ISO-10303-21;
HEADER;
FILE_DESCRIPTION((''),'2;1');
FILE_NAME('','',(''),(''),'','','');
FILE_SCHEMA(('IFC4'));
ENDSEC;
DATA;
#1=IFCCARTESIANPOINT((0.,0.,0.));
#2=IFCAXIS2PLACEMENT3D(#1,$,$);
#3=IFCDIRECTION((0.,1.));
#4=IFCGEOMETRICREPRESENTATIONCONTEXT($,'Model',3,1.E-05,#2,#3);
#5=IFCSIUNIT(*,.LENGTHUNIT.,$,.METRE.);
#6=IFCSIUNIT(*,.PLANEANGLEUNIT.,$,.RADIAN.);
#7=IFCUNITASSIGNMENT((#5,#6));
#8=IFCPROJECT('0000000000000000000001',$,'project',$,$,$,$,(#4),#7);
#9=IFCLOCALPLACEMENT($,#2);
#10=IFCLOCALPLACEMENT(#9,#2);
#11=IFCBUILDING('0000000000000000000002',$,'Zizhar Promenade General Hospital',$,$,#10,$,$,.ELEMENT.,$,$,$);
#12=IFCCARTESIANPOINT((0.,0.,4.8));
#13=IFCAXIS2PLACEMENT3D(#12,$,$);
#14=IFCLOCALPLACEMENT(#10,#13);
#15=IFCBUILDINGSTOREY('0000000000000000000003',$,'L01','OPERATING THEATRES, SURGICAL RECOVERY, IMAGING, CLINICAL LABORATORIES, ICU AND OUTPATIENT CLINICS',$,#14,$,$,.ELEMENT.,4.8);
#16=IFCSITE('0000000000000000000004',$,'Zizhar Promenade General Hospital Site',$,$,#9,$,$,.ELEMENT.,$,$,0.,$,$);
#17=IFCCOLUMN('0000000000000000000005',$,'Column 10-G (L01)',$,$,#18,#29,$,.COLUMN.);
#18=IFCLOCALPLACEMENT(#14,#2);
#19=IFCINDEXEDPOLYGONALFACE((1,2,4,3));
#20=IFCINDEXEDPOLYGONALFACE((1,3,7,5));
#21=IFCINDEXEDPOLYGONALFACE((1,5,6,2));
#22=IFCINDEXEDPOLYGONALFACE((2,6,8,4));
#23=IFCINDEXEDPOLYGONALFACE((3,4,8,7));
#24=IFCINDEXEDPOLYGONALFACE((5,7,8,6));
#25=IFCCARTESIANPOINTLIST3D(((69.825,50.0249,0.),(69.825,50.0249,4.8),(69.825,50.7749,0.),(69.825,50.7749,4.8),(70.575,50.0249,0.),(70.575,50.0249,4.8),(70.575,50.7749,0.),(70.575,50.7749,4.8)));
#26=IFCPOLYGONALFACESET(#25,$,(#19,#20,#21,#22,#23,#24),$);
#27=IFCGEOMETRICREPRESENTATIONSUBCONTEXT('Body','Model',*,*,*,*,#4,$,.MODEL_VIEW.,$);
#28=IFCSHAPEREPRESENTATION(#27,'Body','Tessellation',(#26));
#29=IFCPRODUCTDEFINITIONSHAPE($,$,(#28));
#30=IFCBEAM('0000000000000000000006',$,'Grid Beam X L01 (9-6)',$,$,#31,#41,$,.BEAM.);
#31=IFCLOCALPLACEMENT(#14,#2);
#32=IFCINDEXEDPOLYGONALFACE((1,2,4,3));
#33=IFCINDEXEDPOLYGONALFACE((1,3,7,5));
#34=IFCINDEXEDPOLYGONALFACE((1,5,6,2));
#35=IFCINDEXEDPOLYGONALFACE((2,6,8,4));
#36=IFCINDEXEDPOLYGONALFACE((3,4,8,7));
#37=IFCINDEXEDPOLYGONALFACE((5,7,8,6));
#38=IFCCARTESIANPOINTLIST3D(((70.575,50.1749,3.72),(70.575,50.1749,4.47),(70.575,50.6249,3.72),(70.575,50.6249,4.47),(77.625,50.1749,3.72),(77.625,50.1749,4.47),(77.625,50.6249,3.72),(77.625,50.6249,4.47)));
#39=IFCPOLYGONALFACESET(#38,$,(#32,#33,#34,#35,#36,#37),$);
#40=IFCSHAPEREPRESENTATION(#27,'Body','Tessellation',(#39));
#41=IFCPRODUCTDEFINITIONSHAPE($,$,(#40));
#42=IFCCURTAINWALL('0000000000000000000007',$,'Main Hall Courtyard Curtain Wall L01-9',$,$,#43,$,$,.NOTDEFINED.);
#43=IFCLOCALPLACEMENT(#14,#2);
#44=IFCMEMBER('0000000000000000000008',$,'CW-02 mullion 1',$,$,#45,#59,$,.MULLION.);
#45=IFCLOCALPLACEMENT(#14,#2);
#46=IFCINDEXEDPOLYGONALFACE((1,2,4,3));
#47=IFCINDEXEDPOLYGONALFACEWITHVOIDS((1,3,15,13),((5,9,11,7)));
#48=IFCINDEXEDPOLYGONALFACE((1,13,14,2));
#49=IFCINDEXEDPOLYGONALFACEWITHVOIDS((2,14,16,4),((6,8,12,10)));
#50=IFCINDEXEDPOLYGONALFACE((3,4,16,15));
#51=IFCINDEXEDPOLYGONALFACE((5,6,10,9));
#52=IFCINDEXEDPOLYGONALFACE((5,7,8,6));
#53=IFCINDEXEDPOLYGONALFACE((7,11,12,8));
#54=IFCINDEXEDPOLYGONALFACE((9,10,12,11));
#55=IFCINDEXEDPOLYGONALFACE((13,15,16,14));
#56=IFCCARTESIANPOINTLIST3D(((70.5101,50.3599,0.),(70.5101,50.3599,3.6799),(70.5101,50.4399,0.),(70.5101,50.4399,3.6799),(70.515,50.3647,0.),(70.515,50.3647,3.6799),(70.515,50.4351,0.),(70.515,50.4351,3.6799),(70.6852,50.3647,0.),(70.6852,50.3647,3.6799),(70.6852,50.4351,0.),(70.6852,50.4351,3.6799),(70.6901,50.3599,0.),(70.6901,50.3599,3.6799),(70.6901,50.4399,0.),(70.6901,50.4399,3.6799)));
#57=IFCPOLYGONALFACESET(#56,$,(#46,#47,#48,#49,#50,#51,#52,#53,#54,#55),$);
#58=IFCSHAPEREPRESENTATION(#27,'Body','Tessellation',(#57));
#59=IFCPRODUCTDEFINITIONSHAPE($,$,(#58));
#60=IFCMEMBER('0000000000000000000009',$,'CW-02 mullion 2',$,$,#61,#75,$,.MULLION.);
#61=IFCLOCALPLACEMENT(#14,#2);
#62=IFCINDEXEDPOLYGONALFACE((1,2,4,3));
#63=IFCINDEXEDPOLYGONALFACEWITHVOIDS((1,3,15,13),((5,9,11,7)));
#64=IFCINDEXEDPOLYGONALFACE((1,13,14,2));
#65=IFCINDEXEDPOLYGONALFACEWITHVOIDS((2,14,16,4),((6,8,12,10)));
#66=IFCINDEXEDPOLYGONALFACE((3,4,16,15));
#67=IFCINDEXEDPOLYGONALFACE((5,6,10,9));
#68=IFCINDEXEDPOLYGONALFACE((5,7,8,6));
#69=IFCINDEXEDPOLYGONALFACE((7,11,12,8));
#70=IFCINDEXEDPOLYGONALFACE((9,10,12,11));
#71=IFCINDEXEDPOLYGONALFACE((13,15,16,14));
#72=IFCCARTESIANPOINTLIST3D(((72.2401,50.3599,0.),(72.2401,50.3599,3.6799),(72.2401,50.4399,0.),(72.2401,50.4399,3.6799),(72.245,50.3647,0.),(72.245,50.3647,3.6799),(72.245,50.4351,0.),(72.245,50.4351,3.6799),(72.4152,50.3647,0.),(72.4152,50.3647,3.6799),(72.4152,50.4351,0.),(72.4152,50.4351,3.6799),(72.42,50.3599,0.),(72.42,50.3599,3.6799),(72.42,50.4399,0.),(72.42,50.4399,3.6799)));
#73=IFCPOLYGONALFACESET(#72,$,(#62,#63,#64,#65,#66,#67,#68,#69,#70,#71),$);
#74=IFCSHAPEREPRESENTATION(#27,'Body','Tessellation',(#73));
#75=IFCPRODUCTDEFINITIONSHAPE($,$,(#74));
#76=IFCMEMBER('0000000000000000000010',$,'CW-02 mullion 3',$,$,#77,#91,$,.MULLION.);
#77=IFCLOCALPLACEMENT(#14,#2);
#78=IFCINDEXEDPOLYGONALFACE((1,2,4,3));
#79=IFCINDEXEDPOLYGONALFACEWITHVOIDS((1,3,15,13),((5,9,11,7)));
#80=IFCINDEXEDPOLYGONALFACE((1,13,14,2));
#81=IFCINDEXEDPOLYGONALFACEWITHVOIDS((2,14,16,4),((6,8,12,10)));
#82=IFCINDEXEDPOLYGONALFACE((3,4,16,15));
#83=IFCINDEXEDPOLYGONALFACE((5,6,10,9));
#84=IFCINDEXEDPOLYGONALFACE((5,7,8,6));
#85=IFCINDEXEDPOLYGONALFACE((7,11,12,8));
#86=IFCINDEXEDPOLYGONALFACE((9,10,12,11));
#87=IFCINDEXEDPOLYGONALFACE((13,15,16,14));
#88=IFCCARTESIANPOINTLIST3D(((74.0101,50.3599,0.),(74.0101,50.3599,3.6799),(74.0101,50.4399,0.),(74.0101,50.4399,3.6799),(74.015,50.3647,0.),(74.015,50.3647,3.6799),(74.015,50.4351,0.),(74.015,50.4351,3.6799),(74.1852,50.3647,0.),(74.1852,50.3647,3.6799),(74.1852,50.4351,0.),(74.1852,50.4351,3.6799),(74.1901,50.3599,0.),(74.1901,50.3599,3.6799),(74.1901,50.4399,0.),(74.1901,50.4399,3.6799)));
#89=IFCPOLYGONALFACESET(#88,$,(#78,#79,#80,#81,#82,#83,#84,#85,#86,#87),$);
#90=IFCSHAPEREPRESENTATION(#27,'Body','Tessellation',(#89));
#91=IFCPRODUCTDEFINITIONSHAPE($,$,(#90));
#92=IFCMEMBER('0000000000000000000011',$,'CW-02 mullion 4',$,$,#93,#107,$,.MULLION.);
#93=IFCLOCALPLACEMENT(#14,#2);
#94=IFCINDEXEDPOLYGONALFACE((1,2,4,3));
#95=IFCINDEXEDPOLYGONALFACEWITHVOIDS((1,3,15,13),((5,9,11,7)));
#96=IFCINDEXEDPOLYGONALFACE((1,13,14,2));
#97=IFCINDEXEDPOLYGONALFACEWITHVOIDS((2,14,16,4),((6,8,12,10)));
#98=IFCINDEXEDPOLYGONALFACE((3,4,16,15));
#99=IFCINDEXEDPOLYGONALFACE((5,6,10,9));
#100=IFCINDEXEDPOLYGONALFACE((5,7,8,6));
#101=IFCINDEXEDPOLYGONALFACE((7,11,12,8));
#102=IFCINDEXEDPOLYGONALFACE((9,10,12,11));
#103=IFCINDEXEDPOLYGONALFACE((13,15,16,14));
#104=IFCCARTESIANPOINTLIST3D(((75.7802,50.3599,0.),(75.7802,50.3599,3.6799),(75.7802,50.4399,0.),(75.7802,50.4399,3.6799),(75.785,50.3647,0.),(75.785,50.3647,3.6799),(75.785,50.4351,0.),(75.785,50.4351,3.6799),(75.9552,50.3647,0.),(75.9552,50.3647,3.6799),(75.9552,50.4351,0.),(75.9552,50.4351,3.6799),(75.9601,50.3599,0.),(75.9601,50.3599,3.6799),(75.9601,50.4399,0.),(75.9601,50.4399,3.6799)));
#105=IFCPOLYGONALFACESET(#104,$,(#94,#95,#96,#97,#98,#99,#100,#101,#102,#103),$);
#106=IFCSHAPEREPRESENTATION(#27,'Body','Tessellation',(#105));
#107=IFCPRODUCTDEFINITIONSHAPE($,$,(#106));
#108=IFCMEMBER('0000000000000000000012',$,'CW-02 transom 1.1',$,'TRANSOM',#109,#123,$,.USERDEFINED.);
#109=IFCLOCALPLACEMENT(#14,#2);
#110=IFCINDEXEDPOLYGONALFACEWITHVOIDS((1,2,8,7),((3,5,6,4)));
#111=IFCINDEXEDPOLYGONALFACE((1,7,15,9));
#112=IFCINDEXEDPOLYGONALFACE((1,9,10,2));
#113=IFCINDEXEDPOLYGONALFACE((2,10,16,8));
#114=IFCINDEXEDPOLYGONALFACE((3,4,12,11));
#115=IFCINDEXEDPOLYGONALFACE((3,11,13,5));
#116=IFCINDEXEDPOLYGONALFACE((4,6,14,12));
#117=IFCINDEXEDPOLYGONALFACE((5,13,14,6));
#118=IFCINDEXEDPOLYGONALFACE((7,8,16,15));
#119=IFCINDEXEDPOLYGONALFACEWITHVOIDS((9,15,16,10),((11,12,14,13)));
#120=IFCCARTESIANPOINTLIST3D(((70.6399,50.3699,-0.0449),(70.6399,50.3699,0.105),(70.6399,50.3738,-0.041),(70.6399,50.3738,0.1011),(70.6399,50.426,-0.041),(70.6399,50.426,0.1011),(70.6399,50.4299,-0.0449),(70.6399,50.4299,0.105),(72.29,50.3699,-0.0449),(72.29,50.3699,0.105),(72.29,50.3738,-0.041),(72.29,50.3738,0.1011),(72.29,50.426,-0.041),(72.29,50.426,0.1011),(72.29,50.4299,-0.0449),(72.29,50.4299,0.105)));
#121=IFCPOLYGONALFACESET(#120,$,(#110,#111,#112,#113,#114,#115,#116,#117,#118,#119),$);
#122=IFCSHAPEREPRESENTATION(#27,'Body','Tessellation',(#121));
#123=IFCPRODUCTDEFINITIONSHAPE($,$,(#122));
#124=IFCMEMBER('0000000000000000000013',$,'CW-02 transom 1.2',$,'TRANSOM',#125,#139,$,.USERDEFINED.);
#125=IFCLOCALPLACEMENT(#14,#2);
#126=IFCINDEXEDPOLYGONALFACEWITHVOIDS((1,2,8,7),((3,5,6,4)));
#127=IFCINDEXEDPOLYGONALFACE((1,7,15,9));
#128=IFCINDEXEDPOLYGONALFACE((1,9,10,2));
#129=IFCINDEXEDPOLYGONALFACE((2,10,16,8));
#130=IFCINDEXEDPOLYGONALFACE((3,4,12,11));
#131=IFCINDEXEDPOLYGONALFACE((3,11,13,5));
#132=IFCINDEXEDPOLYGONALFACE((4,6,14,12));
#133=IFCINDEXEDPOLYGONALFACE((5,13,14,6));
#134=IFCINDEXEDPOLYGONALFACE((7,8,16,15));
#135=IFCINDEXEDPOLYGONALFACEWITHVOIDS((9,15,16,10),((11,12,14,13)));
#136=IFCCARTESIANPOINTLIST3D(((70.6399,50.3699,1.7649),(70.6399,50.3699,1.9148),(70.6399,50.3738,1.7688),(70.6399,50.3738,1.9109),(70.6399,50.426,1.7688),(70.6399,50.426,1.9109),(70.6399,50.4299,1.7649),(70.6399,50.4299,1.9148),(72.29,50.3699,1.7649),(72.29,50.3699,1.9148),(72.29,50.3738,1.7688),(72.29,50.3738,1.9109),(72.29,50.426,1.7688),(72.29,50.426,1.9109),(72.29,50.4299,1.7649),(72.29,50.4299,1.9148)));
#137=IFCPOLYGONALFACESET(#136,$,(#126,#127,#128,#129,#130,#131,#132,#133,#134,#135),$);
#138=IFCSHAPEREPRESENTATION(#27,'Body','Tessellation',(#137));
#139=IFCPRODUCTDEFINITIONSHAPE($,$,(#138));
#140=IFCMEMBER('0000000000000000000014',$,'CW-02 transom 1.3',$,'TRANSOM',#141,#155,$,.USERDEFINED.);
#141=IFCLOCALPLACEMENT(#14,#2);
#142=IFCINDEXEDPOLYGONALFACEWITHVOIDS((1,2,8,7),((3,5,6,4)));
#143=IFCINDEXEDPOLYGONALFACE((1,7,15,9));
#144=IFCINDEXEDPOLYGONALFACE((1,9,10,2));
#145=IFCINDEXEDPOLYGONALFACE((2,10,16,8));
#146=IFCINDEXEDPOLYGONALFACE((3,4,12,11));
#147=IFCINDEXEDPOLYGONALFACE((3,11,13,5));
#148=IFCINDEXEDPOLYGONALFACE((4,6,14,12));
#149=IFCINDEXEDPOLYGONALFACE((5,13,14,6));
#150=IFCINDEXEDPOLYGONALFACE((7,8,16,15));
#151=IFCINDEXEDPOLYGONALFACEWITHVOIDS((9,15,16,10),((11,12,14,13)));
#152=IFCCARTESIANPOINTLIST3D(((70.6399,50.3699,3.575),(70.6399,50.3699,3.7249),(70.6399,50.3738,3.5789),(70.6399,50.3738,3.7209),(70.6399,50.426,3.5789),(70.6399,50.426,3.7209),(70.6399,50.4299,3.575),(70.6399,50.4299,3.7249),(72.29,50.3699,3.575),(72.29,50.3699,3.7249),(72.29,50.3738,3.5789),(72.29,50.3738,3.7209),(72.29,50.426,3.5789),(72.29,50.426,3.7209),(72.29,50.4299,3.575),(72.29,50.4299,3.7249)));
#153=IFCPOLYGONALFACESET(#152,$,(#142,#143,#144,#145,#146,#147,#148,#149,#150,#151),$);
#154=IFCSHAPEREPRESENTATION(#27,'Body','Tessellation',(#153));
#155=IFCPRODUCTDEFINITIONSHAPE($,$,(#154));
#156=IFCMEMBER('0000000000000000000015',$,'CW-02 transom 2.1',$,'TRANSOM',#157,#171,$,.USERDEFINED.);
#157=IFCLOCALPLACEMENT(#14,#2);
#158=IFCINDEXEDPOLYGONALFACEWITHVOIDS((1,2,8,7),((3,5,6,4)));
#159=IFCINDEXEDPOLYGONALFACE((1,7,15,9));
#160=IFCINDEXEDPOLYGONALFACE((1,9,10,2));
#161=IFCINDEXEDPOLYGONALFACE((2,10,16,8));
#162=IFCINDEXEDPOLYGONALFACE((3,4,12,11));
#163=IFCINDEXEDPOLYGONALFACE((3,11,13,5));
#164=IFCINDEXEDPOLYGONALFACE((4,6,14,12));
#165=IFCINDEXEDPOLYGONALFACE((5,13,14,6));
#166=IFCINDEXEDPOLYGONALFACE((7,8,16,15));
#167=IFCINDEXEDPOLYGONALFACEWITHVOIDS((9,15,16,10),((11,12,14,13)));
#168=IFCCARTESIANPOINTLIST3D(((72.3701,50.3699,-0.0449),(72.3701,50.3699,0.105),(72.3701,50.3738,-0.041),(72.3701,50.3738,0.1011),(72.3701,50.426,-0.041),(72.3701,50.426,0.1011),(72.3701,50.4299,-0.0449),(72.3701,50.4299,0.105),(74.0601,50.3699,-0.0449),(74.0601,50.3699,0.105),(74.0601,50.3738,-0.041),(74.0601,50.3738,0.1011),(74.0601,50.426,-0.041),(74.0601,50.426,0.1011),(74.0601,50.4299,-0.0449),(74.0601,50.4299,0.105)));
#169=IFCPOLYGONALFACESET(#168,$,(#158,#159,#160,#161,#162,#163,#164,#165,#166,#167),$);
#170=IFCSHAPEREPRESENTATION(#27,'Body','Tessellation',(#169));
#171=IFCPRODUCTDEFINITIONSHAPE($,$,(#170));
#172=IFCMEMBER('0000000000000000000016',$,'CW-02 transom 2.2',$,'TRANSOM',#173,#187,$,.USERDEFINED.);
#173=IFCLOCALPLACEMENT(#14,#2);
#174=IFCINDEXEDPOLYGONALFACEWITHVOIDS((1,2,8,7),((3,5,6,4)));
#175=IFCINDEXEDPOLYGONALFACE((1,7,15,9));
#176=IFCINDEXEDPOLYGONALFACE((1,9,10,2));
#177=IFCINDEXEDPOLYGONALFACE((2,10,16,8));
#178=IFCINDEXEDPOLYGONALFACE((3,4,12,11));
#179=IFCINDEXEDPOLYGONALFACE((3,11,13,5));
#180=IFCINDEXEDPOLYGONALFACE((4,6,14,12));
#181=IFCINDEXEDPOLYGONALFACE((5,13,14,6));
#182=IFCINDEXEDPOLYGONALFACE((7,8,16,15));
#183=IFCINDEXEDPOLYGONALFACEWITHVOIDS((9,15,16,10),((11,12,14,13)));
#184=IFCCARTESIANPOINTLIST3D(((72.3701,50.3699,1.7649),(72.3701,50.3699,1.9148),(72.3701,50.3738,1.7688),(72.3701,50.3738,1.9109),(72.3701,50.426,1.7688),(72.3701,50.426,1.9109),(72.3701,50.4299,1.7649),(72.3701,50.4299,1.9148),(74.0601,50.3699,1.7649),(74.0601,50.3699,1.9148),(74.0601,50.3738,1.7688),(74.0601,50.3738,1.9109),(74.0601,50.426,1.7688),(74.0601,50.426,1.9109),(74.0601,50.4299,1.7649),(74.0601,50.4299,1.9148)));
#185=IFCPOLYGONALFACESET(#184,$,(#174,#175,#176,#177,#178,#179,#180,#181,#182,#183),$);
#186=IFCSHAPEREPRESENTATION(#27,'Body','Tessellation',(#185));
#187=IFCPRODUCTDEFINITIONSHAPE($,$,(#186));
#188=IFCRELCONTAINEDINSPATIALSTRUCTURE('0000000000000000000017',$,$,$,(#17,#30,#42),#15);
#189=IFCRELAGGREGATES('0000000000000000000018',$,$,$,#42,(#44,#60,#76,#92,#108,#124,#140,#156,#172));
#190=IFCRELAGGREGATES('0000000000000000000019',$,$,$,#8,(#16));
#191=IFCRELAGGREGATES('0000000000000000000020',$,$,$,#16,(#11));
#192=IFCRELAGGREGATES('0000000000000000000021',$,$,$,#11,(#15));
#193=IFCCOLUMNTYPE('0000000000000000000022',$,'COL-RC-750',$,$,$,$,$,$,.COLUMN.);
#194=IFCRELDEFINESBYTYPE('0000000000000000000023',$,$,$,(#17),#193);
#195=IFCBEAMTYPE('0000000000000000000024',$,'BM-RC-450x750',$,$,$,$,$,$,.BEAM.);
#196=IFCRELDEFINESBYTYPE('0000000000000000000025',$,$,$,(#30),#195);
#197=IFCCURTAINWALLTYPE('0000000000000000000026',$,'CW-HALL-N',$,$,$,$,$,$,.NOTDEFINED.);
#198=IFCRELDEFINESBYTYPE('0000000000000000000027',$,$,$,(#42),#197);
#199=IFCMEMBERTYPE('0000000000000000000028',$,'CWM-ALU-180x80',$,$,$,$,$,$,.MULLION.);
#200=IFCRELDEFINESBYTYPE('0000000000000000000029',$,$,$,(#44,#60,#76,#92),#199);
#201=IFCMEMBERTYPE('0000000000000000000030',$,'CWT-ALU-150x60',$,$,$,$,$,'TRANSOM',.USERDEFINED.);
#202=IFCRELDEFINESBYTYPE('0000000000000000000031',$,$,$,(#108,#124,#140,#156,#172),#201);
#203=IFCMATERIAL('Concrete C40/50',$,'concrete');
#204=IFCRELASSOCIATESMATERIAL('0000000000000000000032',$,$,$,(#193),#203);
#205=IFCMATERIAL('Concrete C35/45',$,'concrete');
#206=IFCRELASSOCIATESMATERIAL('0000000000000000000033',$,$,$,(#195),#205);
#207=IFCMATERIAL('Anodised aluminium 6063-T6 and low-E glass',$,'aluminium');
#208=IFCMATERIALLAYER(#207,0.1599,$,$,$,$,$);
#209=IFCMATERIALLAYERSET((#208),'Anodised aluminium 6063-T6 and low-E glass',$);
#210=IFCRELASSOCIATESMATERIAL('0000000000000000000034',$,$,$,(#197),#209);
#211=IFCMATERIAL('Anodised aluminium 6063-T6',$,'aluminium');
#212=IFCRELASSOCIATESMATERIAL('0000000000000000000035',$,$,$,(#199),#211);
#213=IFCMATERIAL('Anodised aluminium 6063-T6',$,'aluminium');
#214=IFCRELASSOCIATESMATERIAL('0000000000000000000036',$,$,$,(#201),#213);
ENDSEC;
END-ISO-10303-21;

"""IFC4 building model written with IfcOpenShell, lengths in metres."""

from ifc_helpers import new_model, si_unit, direction, frame, origin, origin_2d, place, context, subcontext, project, spatial, rectangle, hollow_rectangle, extrude, material, layer, layer_set, material_profile, profile_set, type_object, element, aggregate, save


model = new_model("IFC4")

# Units and contexts
model_context = context("Model", 3, precision=1e-05, world=origin(), true_north=direction((0.0, 1.0)))
body_context = subcontext(model_context, "Body", "Model", "MODEL_VIEW")
ifc_project = project(units=[si_unit("LENGTHUNIT", "METRE"), si_unit("PLANEANGLEUNIT", "RADIAN")], contexts=[model_context])

# Site, building, storey
site_placement = place(None, origin())
site = spatial("IfcSite", under=ifc_project, at=site_placement, Name="Zizhar Promenade General Hospital Site", CompositionType="ELEMENT", RefElevation=0.0)
building_placement = place(site_placement, origin())
building = spatial("IfcBuilding", under=site, at=building_placement, Name="Zizhar Promenade General Hospital", CompositionType="ELEMENT")
storey_placement = place(building_placement, frame((0.0, 0.0, 4.8)))
storey = spatial("IfcBuildingStorey", under=building, at=storey_placement, Name="L01", Description="OPERATING THEATRES, SURGICAL RECOVERY, IMAGING, CLINICAL LABORATORIES, ICU AND OUTPATIENT CLINICS", CompositionType="ELEMENT", Elevation=4.8)

# Column
ifc_material_1 = material(Name="Concrete C40/50", Category="concrete")
ifc_material_profile_1 = material_profile(ifc_material_1, rectangle(XDim=0.75, YDim=0.75, at=origin_2d()))
ifc_profile_set_1 = profile_set([ifc_material_profile_1], Name="Concrete C40/50")
column_type = type_object("IfcColumnType", Name="COL-RC-750", PredefinedType="COLUMN", material=ifc_profile_set_1)
column_placement = place(storey_placement, frame((70.2, 50.3999, 0.0), z_axis=(0.0, 0.0, 1.0), x_axis=(1.0, 0.0, 0.0)))
element("IfcColumn", 1, at=column_placement, inside=storey, type_object=column_type, Name="Column 10-G (L01)", PredefinedType="COLUMN", context=body_context, shape_type="SweptSolid", body=[
    extrude(rectangle(XDim=0.75, YDim=0.75, at=origin_2d()), origin(), (0.0, 0.0, 1.0), 4.8),
])

# Beam
ifc_material_2 = material(Name="Concrete C35/45", Category="concrete")
ifc_material_profile_2 = material_profile(ifc_material_2, rectangle(XDim=0.45, YDim=0.75, at=origin_2d()))
ifc_profile_set_2 = profile_set([ifc_material_profile_2], Name="Concrete C35/45")
beam_type = type_object("IfcBeamType", Name="BM-RC-450x750", PredefinedType="BEAM", material=ifc_profile_set_2)
beam_placement = place(storey_placement, frame((70.575, 50.3999, 4.095), z_axis=(1.0, 0.0, 0.0), x_axis=(0.0, 1.0, 0.0)))
element("IfcBeam", 2, at=beam_placement, inside=storey, type_object=beam_type, Name="Grid Beam X L01 (9-6)", PredefinedType="BEAM", context=body_context, shape_type="SweptSolid", body=[
    extrude(rectangle(XDim=0.45, YDim=0.75, at=origin_2d()), origin(), (0.0, 0.0, 1.0), 7.05),
])

# Curtain wall, members
ifc_material_3 = material(Name="Anodised aluminium 6063-T6 and low-E glass", Category="aluminium")
ifc_layer_1 = layer(ifc_material_3, 0.1599)
ifc_layer_set_1 = layer_set([ifc_layer_1], Name="Anodised aluminium 6063-T6 and low-E glass")
curtain_wall_type = type_object("IfcCurtainWallType", Name="CW-HALL-N", PredefinedType="NOTDEFINED", material=ifc_layer_set_1)
curtain_wall_placement = place(storey_placement, origin())
curtain_wall = element("IfcCurtainWall", 3, at=curtain_wall_placement, inside=storey, type_object=curtain_wall_type, Name="Main Hall Courtyard Curtain Wall L01-9", PredefinedType="NOTDEFINED")
ifc_material_4 = material(Name="Anodised aluminium 6063-T6", Category="aluminium")
ifc_material_profile_3 = material_profile(ifc_material_4, hollow_rectangle(XDim=0.0801, YDim=0.1799, WallThickness=0.0049, at=origin_2d()))
ifc_profile_set_3 = profile_set([ifc_material_profile_3], Name="Anodised aluminium 6063-T6")
member_type_1 = type_object("IfcMemberType", Name="CWM-ALU-180x80", PredefinedType="MULLION", material=ifc_profile_set_3)
member_1_placement = place(storey_placement, frame((70.6001, 50.3999, 0.0), z_axis=(0.0, 0.0, 1.0), x_axis=(0.0, 1.0, 0.0)))
member_1 = element("IfcMember", 4, at=member_1_placement, type_object=member_type_1, Name="CW-02 mullion 1", PredefinedType="MULLION", context=body_context, shape_type="SweptSolid", body=[
    extrude(hollow_rectangle(XDim=0.0801, YDim=0.1799, WallThickness=0.0049, at=origin_2d()), origin(), (0.0, 0.0, 1.0), 3.6799),
])
member_2_placement = place(storey_placement, frame((72.3301, 50.3999, 0.0), z_axis=(0.0, 0.0, 1.0), x_axis=(0.0, 1.0, 0.0)))
member_2 = element("IfcMember", 5, at=member_2_placement, type_object=member_type_1, Name="CW-02 mullion 2", PredefinedType="MULLION", context=body_context, shape_type="SweptSolid", body=[
    extrude(hollow_rectangle(XDim=0.0801, YDim=0.1799, WallThickness=0.0049, at=origin_2d()), origin(), (0.0, 0.0, 1.0), 3.6799),
])
member_3_placement = place(storey_placement, frame((74.1001, 50.3999, 0.0), z_axis=(0.0, 0.0, 1.0), x_axis=(0.0, 1.0, 0.0)))
member_3 = element("IfcMember", 6, at=member_3_placement, type_object=member_type_1, Name="CW-02 mullion 3", PredefinedType="MULLION", context=body_context, shape_type="SweptSolid", body=[
    extrude(hollow_rectangle(XDim=0.0801, YDim=0.1799, WallThickness=0.0049, at=origin_2d()), origin(), (0.0, 0.0, 1.0), 3.6799),
])
member_4_placement = place(storey_placement, frame((75.8701, 50.3999, 0.0), z_axis=(0.0, 0.0, 1.0), x_axis=(0.0, 1.0, 0.0)))
member_4 = element("IfcMember", 7, at=member_4_placement, type_object=member_type_1, Name="CW-02 mullion 4", PredefinedType="MULLION", context=body_context, shape_type="SweptSolid", body=[
    extrude(hollow_rectangle(XDim=0.0801, YDim=0.1799, WallThickness=0.0049, at=origin_2d()), origin(), (0.0, 0.0, 1.0), 3.6799),
])
ifc_material_5 = material(Name="Anodised aluminium 6063-T6", Category="aluminium")
ifc_material_profile_4 = material_profile(ifc_material_5, hollow_rectangle(XDim=0.0601, YDim=0.1499, WallThickness=0.0039, at=origin_2d()))
ifc_profile_set_4 = profile_set([ifc_material_profile_4], Name="Anodised aluminium 6063-T6")
member_type_2 = type_object("IfcMemberType", Name="CWT-ALU-150x60", ElementType="TRANSOM", PredefinedType="USERDEFINED", material=ifc_profile_set_4)
member_5_placement = place(storey_placement, frame((70.6399, 50.3999, 0.03), z_axis=(1.0, 0.0, 0.0), x_axis=(0.0, 1.0, 0.0)))
member_5 = element("IfcMember", 8, at=member_5_placement, type_object=member_type_2, Name="CW-02 transom 1.1", ObjectType="TRANSOM", PredefinedType="USERDEFINED", context=body_context, shape_type="SweptSolid", body=[
    extrude(hollow_rectangle(XDim=0.0601, YDim=0.1499, WallThickness=0.0039, at=origin_2d()), origin(), (0.0, 0.0, 1.0), 1.6501),
])
member_6_placement = place(storey_placement, frame((70.6399, 50.3999, 1.8398), z_axis=(1.0, 0.0, 0.0), x_axis=(0.0, 1.0, 0.0)))
member_6 = element("IfcMember", 9, at=member_6_placement, type_object=member_type_2, Name="CW-02 transom 1.2", ObjectType="TRANSOM", PredefinedType="USERDEFINED", context=body_context, shape_type="SweptSolid", body=[
    extrude(hollow_rectangle(XDim=0.0601, YDim=0.1499, WallThickness=0.0039, at=origin_2d()), origin(), (0.0, 0.0, 1.0), 1.6501),
])
member_7_placement = place(storey_placement, frame((70.6399, 50.3999, 3.6499), z_axis=(1.0, 0.0, 0.0), x_axis=(0.0, 1.0, 0.0)))
member_7 = element("IfcMember", 10, at=member_7_placement, type_object=member_type_2, Name="CW-02 transom 1.3", ObjectType="TRANSOM", PredefinedType="USERDEFINED", context=body_context, shape_type="SweptSolid", body=[
    extrude(hollow_rectangle(XDim=0.0601, YDim=0.1499, WallThickness=0.0039, at=origin_2d()), origin(), (0.0, 0.0, 1.0), 1.6501),
])
member_8_placement = place(storey_placement, frame((72.3701, 50.3999, 0.03), z_axis=(1.0, 0.0, 0.0), x_axis=(0.0, 1.0, 0.0)))
member_8 = element("IfcMember", 11, at=member_8_placement, type_object=member_type_2, Name="CW-02 transom 2.1", ObjectType="TRANSOM", PredefinedType="USERDEFINED", context=body_context, shape_type="SweptSolid", body=[
    extrude(hollow_rectangle(XDim=0.0601, YDim=0.1499, WallThickness=0.0039, at=origin_2d()), origin(), (0.0, 0.0, 1.0), 1.6899),
])
member_9_placement = place(storey_placement, frame((72.3701, 50.3999, 1.8398), z_axis=(1.0, 0.0, 0.0), x_axis=(0.0, 1.0, 0.0)))
member_9 = element("IfcMember", 12, at=member_9_placement, type_object=member_type_2, Name="CW-02 transom 2.2", ObjectType="TRANSOM", PredefinedType="USERDEFINED", context=body_context, shape_type="SweptSolid", body=[
    extrude(hollow_rectangle(XDim=0.0601, YDim=0.1499, WallThickness=0.0039, at=origin_2d()), origin(), (0.0, 0.0, 1.0), 1.6899),
])
aggregate(curtain_wall, [member_1, member_2, member_3, member_4, member_5, member_6, member_7, member_8, member_9])

save(model, "model.ifc")
